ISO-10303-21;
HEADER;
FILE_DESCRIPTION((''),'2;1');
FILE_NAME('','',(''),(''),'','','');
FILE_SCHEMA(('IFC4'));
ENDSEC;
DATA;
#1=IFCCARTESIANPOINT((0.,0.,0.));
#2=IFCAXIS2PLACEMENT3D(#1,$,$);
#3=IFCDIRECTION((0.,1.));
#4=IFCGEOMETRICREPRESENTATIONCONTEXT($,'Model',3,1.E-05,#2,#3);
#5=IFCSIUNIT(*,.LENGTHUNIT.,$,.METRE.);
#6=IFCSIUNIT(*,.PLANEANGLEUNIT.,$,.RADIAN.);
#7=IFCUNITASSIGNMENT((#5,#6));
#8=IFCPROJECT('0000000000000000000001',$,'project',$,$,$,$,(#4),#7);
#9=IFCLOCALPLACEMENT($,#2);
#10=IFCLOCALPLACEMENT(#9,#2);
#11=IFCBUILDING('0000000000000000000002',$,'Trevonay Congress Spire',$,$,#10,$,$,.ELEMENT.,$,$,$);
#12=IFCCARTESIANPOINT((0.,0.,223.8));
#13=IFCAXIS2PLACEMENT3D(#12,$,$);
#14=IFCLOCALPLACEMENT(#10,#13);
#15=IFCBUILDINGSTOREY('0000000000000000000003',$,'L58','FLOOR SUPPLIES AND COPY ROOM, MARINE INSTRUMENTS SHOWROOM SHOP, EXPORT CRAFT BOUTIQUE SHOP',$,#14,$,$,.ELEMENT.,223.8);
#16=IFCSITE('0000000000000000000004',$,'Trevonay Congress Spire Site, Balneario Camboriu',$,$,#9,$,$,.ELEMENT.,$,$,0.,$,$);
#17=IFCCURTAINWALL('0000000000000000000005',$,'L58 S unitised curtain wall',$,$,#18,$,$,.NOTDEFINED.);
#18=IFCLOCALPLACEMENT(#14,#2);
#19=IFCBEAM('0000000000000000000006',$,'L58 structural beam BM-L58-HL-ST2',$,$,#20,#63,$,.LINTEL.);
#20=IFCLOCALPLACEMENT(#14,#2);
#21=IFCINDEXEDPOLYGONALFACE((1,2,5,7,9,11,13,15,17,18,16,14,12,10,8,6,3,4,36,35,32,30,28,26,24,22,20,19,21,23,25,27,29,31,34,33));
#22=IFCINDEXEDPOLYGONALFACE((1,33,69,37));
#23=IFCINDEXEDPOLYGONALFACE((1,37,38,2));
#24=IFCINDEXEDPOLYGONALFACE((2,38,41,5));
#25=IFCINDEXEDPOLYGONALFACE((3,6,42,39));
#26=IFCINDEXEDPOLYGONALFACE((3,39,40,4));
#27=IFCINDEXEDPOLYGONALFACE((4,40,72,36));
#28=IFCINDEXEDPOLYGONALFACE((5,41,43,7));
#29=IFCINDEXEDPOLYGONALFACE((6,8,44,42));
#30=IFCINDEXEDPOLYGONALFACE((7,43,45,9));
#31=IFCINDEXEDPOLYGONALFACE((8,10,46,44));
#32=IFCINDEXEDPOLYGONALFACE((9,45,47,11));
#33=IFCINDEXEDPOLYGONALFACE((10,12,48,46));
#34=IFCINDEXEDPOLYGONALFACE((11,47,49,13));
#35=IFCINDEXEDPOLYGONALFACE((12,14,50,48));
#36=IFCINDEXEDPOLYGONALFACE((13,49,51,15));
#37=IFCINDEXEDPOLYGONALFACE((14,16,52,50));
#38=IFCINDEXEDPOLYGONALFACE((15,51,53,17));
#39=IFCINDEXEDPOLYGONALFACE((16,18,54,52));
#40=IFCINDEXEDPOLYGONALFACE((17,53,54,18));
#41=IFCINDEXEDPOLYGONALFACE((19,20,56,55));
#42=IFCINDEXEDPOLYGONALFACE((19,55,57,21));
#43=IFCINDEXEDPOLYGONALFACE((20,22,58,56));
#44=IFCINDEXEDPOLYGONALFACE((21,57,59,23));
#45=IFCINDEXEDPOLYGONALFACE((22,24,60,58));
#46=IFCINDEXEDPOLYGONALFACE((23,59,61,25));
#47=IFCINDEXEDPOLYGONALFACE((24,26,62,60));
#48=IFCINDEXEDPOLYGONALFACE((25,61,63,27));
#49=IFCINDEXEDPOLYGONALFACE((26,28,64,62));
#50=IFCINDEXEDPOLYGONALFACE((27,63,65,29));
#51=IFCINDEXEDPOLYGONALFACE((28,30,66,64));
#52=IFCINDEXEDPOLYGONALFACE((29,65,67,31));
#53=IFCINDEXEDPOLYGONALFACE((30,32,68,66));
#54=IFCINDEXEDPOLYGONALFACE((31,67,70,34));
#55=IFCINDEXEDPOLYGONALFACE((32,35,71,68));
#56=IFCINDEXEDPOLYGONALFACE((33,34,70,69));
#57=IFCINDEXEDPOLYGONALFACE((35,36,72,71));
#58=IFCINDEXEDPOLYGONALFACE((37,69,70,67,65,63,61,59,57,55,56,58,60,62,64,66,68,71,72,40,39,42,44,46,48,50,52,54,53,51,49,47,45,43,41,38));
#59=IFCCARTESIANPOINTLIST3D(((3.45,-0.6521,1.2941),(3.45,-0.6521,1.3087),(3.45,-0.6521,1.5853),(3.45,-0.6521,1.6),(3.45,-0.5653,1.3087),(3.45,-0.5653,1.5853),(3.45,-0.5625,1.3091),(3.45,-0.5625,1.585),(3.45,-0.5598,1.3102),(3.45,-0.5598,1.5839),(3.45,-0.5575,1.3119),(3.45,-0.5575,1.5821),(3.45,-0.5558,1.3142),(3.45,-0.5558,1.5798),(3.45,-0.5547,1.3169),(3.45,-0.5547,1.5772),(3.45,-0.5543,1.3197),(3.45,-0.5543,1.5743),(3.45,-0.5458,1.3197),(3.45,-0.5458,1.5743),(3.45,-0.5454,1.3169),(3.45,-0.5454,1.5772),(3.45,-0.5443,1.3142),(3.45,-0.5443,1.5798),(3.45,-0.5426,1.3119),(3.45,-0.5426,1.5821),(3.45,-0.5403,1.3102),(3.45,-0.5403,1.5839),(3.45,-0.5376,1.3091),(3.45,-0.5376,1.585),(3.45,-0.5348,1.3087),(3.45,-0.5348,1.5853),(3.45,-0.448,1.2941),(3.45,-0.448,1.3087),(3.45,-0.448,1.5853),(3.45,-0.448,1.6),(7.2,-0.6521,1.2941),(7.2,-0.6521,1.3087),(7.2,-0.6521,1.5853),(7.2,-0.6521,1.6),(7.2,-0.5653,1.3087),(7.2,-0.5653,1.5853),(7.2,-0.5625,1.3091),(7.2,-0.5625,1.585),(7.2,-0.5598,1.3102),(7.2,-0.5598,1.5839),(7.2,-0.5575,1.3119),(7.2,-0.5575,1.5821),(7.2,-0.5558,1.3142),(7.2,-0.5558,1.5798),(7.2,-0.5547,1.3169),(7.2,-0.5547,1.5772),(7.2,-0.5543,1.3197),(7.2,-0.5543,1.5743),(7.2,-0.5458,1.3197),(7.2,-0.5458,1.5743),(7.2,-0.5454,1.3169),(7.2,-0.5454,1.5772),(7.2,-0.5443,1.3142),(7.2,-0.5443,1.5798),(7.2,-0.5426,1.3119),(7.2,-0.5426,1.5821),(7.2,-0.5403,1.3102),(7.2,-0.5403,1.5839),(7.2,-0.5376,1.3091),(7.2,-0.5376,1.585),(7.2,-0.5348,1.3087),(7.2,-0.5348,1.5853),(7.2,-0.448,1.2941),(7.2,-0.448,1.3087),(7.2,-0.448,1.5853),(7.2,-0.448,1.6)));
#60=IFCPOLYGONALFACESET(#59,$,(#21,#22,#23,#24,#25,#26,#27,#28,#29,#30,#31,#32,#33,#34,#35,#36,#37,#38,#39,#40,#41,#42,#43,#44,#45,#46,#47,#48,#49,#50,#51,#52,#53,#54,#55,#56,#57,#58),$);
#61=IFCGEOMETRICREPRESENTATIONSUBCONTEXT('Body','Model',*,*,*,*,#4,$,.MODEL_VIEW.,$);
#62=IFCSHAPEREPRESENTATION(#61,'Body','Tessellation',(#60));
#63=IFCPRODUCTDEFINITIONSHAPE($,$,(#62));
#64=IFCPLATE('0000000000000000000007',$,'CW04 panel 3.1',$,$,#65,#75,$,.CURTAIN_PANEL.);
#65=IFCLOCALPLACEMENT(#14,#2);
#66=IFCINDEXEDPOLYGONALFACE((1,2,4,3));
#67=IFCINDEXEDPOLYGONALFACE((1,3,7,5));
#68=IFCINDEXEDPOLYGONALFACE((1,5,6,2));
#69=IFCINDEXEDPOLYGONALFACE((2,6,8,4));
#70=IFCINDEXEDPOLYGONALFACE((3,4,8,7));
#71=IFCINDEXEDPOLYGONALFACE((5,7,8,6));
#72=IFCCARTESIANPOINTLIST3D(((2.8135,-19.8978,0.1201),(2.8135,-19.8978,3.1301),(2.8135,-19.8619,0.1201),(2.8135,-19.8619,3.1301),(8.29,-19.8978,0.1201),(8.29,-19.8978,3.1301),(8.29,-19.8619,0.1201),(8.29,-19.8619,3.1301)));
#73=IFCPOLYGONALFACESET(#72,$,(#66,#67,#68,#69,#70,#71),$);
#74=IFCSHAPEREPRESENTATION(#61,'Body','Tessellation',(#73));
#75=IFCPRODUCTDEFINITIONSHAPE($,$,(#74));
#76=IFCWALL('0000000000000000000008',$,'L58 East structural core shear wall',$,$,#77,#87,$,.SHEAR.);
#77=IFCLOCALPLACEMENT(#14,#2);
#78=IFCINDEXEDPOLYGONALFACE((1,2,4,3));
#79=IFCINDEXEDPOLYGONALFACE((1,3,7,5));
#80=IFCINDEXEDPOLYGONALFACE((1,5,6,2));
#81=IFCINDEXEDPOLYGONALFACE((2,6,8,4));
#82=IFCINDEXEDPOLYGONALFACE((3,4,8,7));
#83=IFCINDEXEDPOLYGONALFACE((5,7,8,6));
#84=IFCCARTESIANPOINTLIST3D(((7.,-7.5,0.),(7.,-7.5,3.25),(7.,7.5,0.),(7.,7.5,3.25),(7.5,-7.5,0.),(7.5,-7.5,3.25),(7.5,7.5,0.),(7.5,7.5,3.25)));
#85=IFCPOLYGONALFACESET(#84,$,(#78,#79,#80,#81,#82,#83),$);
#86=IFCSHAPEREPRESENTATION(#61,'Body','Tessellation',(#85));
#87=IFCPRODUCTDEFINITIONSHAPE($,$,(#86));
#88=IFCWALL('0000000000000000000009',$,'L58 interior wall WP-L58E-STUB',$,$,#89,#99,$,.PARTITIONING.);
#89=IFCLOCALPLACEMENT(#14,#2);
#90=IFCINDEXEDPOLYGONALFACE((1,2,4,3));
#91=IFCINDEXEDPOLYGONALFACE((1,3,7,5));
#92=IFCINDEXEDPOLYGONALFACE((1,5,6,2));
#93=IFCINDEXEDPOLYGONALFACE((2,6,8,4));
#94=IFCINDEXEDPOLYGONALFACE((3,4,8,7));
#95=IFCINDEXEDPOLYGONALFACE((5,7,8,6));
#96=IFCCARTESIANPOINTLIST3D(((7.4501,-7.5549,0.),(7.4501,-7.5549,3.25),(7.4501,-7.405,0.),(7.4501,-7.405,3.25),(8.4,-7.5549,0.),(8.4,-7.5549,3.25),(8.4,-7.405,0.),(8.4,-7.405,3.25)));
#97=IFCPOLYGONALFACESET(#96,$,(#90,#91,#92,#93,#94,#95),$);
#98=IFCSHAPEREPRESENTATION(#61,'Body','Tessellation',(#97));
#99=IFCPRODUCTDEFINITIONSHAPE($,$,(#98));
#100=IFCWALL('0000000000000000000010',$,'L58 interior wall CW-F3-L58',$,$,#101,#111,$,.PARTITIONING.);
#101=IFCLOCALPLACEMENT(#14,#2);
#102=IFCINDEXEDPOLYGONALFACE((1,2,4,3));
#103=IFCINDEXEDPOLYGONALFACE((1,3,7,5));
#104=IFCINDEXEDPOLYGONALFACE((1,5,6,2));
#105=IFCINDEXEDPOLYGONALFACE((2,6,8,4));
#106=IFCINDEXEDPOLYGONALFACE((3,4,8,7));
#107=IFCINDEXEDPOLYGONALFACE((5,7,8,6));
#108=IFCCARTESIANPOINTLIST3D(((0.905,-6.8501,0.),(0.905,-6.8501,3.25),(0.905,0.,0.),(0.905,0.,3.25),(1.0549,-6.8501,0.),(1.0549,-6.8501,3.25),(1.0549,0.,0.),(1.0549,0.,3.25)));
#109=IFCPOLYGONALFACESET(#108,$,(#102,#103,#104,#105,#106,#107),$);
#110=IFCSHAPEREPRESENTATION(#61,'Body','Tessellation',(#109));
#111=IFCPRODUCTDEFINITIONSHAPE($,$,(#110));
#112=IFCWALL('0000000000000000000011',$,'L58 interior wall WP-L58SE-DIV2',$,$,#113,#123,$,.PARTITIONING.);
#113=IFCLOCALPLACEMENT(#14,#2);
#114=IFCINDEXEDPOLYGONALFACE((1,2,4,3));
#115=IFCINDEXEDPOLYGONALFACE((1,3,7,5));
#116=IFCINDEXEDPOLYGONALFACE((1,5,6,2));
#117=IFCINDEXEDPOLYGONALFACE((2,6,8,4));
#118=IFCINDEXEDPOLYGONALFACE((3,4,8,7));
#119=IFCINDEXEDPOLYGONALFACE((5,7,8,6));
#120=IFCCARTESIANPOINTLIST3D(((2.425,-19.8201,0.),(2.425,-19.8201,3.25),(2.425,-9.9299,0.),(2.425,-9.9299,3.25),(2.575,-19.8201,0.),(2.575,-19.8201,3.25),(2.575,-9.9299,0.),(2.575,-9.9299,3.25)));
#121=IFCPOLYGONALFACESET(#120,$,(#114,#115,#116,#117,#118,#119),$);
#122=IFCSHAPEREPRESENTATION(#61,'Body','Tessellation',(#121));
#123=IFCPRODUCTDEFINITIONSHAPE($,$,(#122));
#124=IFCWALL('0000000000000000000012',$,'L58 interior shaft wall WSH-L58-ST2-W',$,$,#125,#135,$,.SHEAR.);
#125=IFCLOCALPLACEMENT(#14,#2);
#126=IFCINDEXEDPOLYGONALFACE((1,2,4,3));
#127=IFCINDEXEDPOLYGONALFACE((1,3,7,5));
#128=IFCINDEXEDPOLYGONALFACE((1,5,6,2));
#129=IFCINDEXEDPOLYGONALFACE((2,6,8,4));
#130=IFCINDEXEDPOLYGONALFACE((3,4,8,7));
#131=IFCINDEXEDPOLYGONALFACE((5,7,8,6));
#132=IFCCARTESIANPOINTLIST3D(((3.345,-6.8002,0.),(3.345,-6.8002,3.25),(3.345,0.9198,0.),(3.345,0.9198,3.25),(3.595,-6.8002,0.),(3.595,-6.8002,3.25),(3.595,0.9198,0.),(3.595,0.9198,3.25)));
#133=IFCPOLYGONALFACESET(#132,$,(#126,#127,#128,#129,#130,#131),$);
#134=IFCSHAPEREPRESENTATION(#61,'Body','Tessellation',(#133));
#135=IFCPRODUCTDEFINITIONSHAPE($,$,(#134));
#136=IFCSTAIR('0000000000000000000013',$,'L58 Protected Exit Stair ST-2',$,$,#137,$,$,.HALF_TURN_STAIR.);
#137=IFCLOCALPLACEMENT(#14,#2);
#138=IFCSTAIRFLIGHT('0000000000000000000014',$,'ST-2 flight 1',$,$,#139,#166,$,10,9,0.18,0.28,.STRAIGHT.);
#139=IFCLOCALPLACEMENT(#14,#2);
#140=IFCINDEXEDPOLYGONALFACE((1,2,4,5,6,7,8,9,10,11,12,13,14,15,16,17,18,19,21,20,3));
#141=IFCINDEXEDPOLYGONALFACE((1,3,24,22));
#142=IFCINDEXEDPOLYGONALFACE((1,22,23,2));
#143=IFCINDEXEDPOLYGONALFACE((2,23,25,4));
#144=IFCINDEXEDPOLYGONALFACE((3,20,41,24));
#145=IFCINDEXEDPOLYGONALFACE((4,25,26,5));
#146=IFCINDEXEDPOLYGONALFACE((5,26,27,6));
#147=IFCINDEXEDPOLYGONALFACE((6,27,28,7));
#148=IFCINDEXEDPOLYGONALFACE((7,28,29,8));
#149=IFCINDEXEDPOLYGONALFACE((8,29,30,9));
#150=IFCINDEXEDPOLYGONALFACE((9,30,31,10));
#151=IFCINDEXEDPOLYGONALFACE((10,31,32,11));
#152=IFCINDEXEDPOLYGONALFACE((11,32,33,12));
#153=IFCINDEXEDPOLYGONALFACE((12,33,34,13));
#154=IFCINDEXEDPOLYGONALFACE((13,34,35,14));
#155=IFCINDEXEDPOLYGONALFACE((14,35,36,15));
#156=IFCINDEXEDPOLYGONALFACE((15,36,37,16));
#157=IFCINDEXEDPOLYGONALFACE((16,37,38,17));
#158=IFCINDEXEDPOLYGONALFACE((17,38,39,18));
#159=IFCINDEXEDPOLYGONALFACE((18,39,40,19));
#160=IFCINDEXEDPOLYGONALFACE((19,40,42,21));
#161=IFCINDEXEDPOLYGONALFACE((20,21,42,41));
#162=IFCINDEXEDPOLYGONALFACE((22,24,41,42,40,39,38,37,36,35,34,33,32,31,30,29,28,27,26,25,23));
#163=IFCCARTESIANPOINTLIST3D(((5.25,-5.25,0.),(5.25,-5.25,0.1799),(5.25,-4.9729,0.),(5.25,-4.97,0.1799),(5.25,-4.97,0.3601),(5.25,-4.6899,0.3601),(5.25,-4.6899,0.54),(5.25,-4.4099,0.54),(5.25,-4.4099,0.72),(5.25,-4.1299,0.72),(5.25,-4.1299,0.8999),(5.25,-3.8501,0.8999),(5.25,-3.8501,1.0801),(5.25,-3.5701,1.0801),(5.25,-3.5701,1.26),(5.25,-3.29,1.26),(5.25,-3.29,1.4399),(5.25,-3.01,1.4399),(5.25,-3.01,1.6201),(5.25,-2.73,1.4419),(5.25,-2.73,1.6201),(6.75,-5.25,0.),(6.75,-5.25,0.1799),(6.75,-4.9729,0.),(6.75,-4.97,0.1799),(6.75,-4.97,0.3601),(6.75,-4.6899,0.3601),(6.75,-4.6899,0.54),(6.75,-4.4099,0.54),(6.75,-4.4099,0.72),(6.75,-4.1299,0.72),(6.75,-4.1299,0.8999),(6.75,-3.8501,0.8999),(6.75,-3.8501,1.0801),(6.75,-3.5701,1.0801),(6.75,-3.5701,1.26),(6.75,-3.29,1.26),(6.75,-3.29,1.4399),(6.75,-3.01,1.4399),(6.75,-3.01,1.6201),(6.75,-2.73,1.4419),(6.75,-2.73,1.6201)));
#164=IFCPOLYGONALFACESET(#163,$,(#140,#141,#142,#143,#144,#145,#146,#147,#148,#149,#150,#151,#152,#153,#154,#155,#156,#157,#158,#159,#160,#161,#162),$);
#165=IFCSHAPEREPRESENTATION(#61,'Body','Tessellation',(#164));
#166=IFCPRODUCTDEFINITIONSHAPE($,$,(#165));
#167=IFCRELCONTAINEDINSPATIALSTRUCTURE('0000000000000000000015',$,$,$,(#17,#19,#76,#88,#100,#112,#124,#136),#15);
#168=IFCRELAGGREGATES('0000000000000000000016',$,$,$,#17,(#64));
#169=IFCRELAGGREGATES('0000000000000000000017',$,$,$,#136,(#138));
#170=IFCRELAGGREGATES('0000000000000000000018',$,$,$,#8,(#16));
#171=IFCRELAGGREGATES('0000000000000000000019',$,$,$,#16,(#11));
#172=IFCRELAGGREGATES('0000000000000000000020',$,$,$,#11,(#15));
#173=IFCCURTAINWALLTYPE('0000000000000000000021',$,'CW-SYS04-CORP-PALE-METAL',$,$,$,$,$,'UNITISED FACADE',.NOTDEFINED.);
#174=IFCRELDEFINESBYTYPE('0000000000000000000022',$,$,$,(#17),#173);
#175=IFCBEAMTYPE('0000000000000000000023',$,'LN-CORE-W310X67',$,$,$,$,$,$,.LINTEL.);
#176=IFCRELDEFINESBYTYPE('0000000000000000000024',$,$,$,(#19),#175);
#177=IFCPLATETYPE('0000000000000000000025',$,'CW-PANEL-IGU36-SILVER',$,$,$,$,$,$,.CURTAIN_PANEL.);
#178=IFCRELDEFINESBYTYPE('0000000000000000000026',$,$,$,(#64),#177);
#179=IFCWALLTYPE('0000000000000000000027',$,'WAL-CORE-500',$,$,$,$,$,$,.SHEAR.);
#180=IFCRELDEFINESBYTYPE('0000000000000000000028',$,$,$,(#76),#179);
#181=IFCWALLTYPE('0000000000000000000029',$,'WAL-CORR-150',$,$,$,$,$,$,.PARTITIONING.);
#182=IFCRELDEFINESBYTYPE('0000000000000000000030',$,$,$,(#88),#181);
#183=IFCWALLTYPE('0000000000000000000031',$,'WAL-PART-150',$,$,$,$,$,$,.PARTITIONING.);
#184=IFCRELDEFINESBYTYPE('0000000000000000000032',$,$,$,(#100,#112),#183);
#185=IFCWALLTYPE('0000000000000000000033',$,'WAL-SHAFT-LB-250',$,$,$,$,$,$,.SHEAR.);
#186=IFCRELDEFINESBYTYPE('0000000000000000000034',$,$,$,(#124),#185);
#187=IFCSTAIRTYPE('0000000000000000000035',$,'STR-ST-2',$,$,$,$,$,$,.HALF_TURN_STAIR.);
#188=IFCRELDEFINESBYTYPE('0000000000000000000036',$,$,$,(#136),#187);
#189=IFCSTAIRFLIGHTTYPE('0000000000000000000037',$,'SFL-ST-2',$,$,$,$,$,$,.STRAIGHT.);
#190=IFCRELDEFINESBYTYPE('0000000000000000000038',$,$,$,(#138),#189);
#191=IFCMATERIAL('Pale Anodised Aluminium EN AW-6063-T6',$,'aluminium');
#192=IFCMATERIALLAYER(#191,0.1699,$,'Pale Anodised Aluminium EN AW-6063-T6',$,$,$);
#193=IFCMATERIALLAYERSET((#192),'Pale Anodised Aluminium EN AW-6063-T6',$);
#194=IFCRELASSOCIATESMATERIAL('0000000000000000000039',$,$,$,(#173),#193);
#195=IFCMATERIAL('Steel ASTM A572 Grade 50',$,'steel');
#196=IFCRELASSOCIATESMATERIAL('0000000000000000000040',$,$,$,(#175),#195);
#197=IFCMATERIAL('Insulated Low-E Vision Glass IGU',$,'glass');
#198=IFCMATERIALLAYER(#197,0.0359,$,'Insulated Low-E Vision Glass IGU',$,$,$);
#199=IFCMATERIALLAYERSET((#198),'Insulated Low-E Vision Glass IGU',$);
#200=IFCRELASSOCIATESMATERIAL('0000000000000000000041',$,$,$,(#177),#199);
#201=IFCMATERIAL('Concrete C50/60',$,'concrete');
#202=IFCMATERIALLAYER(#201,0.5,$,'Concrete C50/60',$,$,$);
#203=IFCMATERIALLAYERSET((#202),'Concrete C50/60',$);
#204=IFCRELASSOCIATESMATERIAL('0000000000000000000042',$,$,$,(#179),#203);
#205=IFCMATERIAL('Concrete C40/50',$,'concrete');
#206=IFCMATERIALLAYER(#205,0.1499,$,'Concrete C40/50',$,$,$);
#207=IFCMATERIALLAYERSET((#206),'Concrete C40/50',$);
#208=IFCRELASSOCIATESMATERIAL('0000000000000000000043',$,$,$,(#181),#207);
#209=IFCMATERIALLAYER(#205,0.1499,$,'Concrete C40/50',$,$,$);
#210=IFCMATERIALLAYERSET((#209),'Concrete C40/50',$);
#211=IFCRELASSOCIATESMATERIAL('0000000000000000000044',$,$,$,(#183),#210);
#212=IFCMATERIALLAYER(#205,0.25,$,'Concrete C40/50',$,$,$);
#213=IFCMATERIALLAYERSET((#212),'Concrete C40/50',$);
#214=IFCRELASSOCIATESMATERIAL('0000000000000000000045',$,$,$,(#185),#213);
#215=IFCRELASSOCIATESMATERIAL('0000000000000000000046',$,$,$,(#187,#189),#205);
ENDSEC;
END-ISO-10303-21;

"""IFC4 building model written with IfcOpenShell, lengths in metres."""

from ifc_helpers import new_model, si_unit, direction, frame, frame_2d, origin, origin_2d, place, context, subcontext, project, spatial, polyline, rectangle, i_section, outline, extrude, material, layer, layer_set, material_profile, profile_set, type_object, element, aggregate, save


model = new_model("IFC4")

# Units and contexts
model_context = context("Model", 3, precision=1e-05, world=origin(), true_north=direction((0.0, 1.0)))
body_context = subcontext(model_context, "Body", "Model", "MODEL_VIEW")
ifc_project = project(units=[si_unit("LENGTHUNIT", "METRE"), si_unit("PLANEANGLEUNIT", "RADIAN")], contexts=[model_context])

# Site, building, storey
site_placement = place(None, origin())
site = spatial("IfcSite", under=ifc_project, at=site_placement, Name="Trevonay Congress Spire Site, Balneario Camboriu", CompositionType="ELEMENT", RefElevation=0.0)
building_placement = place(site_placement, origin())
building = spatial("IfcBuilding", under=site, at=building_placement, Name="Trevonay Congress Spire", CompositionType="ELEMENT")
storey_placement = place(building_placement, frame((0.0, 0.0, 223.8)))
storey = spatial("IfcBuildingStorey", under=building, at=storey_placement, Name="L58", Description="FLOOR SUPPLIES AND COPY ROOM, MARINE INSTRUMENTS SHOWROOM SHOP, EXPORT CRAFT BOUTIQUE SHOP", CompositionType="ELEMENT", Elevation=223.8)

# Shared definitions
ifc_material_1 = material(Name="Steel ASTM A572 Grade 50", Category="steel")

# Curtain wall
ifc_material_2 = material(Name="Pale Anodised Aluminium EN AW-6063-T6", Category="aluminium")
ifc_layer_1 = layer(ifc_material_2, 0.1699, Name="Pale Anodised Aluminium EN AW-6063-T6")
ifc_layer_set_1 = layer_set([ifc_layer_1], Name="Pale Anodised Aluminium EN AW-6063-T6")
curtain_wall_type = type_object("IfcCurtainWallType", Name="CW-SYS04-CORP-PALE-METAL", ElementType="UNITISED FACADE", PredefinedType="NOTDEFINED", material=ifc_layer_set_1)
curtain_wall_placement = place(storey_placement, origin())
curtain_wall = element("IfcCurtainWall", 1, at=curtain_wall_placement, inside=storey, type_object=curtain_wall_type, Name="L58 S unitised curtain wall", PredefinedType="NOTDEFINED")

# Beam
ifc_material_profile_1 = material_profile(ifc_material_1, i_section(OverallWidth=0.2041, OverallDepth=0.3059, WebThickness=0.0085, FlangeThickness=0.0146, FilletRadius=0.011, at=origin_2d()), Name="W310x67")
ifc_profile_set_1 = profile_set([ifc_material_profile_1], Name="Steel ASTM A572 Grade 50")
beam_type_1 = type_object("IfcBeamType", Name="LN-CORE-W310X67", PredefinedType="LINTEL", material=ifc_profile_set_1)
beam_1_placement = place(storey_placement, frame((3.45, -0.55, 1.447), z_axis=(1.0, 0.0, 0.0), x_axis=(0.0, 1.0, 0.0)))
element("IfcBeam", 2, at=beam_1_placement, inside=storey, type_object=beam_type_1, Name="L58 structural beam BM-L58-HL-ST2", PredefinedType="LINTEL", context=body_context, shape_type="SweptSolid", body=[
    extrude(i_section(OverallWidth=0.2041, OverallDepth=0.3059, WebThickness=0.0085, FlangeThickness=0.0146, FilletRadius=0.011, at=origin_2d()), origin(), (0.0, 0.0, 1.0), 3.75),
])

# Plate
ifc_material_3 = material(Name="Insulated Low-E Vision Glass IGU", Category="glass")
ifc_layer_2 = layer(ifc_material_3, 0.0359, Name="Insulated Low-E Vision Glass IGU")
ifc_layer_set_2 = layer_set([ifc_layer_2], Name="Insulated Low-E Vision Glass IGU")
plate_type = type_object("IfcPlateType", Name="CW-PANEL-IGU36-SILVER", PredefinedType="CURTAIN_PANEL", material=ifc_layer_set_2)
plate_placement = place(storey_placement, frame((5.5518, -19.8799, 0.1201), z_axis=(0.0, 0.0, 1.0), x_axis=(1.0, 0.0, 0.0)))
plate = element("IfcPlate", 3, at=plate_placement, type_object=plate_type, Name="CW04 panel 3.1", PredefinedType="CURTAIN_PANEL", context=body_context, shape_type="SweptSolid", body=[
    extrude(rectangle(XDim=5.4766, YDim=0.0359, at=origin_2d()), origin(), (0.0, 0.0, 1.0), 3.01),
])
aggregate(curtain_wall, [plate])

# Walls
ifc_material_4 = material(Name="Concrete C50/60", Category="concrete")
ifc_layer_3 = layer(ifc_material_4, 0.5, Name="Concrete C50/60")
ifc_layer_set_3 = layer_set([ifc_layer_3], Name="Concrete C50/60")
wall_type_1 = type_object("IfcWallType", Name="WAL-CORE-500", PredefinedType="SHEAR", material=ifc_layer_set_3)
wall_1_placement = place(storey_placement, frame((7.25, -7.5, 0.0), z_axis=(0.0, 0.0, 1.0), x_axis=(0.0, 1.0, 0.0)))
element("IfcWall", 4, at=wall_1_placement, inside=storey, type_object=wall_type_1, Name="L58 East structural core shear wall", PredefinedType="SHEAR", context=body_context, shape_type="SweptSolid", body=[
    extrude(rectangle(XDim=15.0, YDim=0.5, at=frame_2d((7.5, 0.0))), origin(), (0.0, 0.0, 1.0), 3.25),
])
ifc_material_5 = material(Name="Concrete C40/50", Category="concrete")
ifc_layer_4 = layer(ifc_material_5, 0.1499, Name="Concrete C40/50")
ifc_layer_set_4 = layer_set([ifc_layer_4], Name="Concrete C40/50")
wall_type_2 = type_object("IfcWallType", Name="WAL-CORR-150", PredefinedType="PARTITIONING", material=ifc_layer_set_4)
wall_2_placement = place(storey_placement, frame((7.45, -7.48, 0.0), z_axis=(0.0, 0.0, 1.0), x_axis=(1.0, 0.0, 0.0)))
element("IfcWall", 5, at=wall_2_placement, inside=storey, type_object=wall_type_2, Name="L58 interior wall WP-L58E-STUB", PredefinedType="PARTITIONING", context=body_context, shape_type="SweptSolid", body=[
    extrude(rectangle(XDim=0.95, YDim=0.1499, at=frame_2d((0.4751, 0.0))), origin(), (0.0, 0.0, 1.0), 3.25),
])
ifc_layer_5 = layer(ifc_material_5, 0.1499, Name="Concrete C40/50")
ifc_layer_set_5 = layer_set([ifc_layer_5], Name="Concrete C40/50")
wall_type_3 = type_object("IfcWallType", Name="WAL-PART-150", PredefinedType="PARTITIONING", material=ifc_layer_set_5)
wall_3_placement = place(storey_placement, frame((0.98, -6.8501, 0.0), z_axis=(0.0, 0.0, 1.0), x_axis=(0.0, 1.0, 0.0)))
element("IfcWall", 6, at=wall_3_placement, inside=storey, type_object=wall_type_3, Name="L58 interior wall CW-F3-L58", PredefinedType="PARTITIONING", context=body_context, shape_type="SweptSolid", body=[
    extrude(rectangle(XDim=6.8501, YDim=0.1499, at=frame_2d((3.425, 0.0))), origin(), (0.0, 0.0, 1.0), 3.25),
])
wall_4_placement = place(storey_placement, frame((2.5, -19.8201, 0.0), z_axis=(0.0, 0.0, 1.0), x_axis=(0.0, 1.0, 0.0)))
element("IfcWall", 7, at=wall_4_placement, inside=storey, type_object=wall_type_3, Name="L58 interior wall WP-L58SE-DIV2", PredefinedType="PARTITIONING", context=body_context, shape_type="SweptSolid", body=[
    extrude(rectangle(XDim=9.8901, YDim=0.1499, at=frame_2d((4.9451, 0.0))), origin(), (0.0, 0.0, 1.0), 3.25),
])
ifc_layer_6 = layer(ifc_material_5, 0.25, Name="Concrete C40/50")
ifc_layer_set_6 = layer_set([ifc_layer_6], Name="Concrete C40/50")
wall_type_4 = type_object("IfcWallType", Name="WAL-SHAFT-LB-250", PredefinedType="SHEAR", material=ifc_layer_set_6)
wall_5_placement = place(storey_placement, frame((3.47, -6.8, 0.0), z_axis=(0.0, 0.0, 1.0), x_axis=(0.0, 1.0, 0.0)))
element("IfcWall", 8, at=wall_5_placement, inside=storey, type_object=wall_type_4, Name="L58 interior shaft wall WSH-L58-ST2-W", PredefinedType="SHEAR", context=body_context, shape_type="SweptSolid", body=[
    extrude(rectangle(XDim=7.72, YDim=0.25, at=frame_2d((3.8599, 0.0))), origin(), (0.0, 0.0, 1.0), 3.25),
])

# Stair, stair flight
stair_type = type_object("IfcStairType", Name="STR-ST-2", PredefinedType="HALF_TURN_STAIR", material=ifc_material_5)
stair_placement = place(storey_placement, origin())
stair = element("IfcStair", 9, at=stair_placement, inside=storey, type_object=stair_type, Name="L58 Protected Exit Stair ST-2", PredefinedType="HALF_TURN_STAIR")
stair_flight_type = type_object("IfcStairFlightType", Name="SFL-ST-2", PredefinedType="STRAIGHT", material=ifc_material_5)
stair_flight_1_placement = place(storey_placement, frame((6.0, -5.25, 0.0), z_axis=(0.0, 0.0, 1.0), x_axis=(0.0, 1.0, 0.0)))
stair_flight_1 = element("IfcStairFlight", 10, at=stair_flight_1_placement, type_object=stair_flight_type, Name="ST-2 flight 1", NumberOfRisers=10, NumberOfTreads=9, PredefinedType="STRAIGHT", RiserHeight=0.18, TreadLength=0.28, context=body_context, shape_type="SweptSolid", body=[
    extrude(outline(polyline([(0.0, 0.0), (0.0, 0.1799), (0.28, 0.1799), (0.28, 0.3601), (0.5601, 0.3601), (0.5601, 0.54), (0.8401, 0.54), (0.8401, 0.72), (1.1201, 0.72), (1.1201, 0.8999), (1.3999, 0.8999), (1.3999, 1.0801), (1.6799, 1.0801), (1.6799, 1.26), (1.96, 1.26), (1.96, 1.4399), (2.24, 1.4399), (2.24, 1.6201), (2.52, 1.6201), (2.52, 1.8), (2.52, 1.4419), (0.2771, 0.0), (0.0, 0.0)])), frame((0.0, 0.75, 0.0), z_axis=(0.0, -1.0, 0.0), x_axis=(1.0, 0.0, 0.0)), (0.0, 0.0, 1.0), 1.5),
])
aggregate(stair, [stair_flight_1])

save(model, "model.ifc")
